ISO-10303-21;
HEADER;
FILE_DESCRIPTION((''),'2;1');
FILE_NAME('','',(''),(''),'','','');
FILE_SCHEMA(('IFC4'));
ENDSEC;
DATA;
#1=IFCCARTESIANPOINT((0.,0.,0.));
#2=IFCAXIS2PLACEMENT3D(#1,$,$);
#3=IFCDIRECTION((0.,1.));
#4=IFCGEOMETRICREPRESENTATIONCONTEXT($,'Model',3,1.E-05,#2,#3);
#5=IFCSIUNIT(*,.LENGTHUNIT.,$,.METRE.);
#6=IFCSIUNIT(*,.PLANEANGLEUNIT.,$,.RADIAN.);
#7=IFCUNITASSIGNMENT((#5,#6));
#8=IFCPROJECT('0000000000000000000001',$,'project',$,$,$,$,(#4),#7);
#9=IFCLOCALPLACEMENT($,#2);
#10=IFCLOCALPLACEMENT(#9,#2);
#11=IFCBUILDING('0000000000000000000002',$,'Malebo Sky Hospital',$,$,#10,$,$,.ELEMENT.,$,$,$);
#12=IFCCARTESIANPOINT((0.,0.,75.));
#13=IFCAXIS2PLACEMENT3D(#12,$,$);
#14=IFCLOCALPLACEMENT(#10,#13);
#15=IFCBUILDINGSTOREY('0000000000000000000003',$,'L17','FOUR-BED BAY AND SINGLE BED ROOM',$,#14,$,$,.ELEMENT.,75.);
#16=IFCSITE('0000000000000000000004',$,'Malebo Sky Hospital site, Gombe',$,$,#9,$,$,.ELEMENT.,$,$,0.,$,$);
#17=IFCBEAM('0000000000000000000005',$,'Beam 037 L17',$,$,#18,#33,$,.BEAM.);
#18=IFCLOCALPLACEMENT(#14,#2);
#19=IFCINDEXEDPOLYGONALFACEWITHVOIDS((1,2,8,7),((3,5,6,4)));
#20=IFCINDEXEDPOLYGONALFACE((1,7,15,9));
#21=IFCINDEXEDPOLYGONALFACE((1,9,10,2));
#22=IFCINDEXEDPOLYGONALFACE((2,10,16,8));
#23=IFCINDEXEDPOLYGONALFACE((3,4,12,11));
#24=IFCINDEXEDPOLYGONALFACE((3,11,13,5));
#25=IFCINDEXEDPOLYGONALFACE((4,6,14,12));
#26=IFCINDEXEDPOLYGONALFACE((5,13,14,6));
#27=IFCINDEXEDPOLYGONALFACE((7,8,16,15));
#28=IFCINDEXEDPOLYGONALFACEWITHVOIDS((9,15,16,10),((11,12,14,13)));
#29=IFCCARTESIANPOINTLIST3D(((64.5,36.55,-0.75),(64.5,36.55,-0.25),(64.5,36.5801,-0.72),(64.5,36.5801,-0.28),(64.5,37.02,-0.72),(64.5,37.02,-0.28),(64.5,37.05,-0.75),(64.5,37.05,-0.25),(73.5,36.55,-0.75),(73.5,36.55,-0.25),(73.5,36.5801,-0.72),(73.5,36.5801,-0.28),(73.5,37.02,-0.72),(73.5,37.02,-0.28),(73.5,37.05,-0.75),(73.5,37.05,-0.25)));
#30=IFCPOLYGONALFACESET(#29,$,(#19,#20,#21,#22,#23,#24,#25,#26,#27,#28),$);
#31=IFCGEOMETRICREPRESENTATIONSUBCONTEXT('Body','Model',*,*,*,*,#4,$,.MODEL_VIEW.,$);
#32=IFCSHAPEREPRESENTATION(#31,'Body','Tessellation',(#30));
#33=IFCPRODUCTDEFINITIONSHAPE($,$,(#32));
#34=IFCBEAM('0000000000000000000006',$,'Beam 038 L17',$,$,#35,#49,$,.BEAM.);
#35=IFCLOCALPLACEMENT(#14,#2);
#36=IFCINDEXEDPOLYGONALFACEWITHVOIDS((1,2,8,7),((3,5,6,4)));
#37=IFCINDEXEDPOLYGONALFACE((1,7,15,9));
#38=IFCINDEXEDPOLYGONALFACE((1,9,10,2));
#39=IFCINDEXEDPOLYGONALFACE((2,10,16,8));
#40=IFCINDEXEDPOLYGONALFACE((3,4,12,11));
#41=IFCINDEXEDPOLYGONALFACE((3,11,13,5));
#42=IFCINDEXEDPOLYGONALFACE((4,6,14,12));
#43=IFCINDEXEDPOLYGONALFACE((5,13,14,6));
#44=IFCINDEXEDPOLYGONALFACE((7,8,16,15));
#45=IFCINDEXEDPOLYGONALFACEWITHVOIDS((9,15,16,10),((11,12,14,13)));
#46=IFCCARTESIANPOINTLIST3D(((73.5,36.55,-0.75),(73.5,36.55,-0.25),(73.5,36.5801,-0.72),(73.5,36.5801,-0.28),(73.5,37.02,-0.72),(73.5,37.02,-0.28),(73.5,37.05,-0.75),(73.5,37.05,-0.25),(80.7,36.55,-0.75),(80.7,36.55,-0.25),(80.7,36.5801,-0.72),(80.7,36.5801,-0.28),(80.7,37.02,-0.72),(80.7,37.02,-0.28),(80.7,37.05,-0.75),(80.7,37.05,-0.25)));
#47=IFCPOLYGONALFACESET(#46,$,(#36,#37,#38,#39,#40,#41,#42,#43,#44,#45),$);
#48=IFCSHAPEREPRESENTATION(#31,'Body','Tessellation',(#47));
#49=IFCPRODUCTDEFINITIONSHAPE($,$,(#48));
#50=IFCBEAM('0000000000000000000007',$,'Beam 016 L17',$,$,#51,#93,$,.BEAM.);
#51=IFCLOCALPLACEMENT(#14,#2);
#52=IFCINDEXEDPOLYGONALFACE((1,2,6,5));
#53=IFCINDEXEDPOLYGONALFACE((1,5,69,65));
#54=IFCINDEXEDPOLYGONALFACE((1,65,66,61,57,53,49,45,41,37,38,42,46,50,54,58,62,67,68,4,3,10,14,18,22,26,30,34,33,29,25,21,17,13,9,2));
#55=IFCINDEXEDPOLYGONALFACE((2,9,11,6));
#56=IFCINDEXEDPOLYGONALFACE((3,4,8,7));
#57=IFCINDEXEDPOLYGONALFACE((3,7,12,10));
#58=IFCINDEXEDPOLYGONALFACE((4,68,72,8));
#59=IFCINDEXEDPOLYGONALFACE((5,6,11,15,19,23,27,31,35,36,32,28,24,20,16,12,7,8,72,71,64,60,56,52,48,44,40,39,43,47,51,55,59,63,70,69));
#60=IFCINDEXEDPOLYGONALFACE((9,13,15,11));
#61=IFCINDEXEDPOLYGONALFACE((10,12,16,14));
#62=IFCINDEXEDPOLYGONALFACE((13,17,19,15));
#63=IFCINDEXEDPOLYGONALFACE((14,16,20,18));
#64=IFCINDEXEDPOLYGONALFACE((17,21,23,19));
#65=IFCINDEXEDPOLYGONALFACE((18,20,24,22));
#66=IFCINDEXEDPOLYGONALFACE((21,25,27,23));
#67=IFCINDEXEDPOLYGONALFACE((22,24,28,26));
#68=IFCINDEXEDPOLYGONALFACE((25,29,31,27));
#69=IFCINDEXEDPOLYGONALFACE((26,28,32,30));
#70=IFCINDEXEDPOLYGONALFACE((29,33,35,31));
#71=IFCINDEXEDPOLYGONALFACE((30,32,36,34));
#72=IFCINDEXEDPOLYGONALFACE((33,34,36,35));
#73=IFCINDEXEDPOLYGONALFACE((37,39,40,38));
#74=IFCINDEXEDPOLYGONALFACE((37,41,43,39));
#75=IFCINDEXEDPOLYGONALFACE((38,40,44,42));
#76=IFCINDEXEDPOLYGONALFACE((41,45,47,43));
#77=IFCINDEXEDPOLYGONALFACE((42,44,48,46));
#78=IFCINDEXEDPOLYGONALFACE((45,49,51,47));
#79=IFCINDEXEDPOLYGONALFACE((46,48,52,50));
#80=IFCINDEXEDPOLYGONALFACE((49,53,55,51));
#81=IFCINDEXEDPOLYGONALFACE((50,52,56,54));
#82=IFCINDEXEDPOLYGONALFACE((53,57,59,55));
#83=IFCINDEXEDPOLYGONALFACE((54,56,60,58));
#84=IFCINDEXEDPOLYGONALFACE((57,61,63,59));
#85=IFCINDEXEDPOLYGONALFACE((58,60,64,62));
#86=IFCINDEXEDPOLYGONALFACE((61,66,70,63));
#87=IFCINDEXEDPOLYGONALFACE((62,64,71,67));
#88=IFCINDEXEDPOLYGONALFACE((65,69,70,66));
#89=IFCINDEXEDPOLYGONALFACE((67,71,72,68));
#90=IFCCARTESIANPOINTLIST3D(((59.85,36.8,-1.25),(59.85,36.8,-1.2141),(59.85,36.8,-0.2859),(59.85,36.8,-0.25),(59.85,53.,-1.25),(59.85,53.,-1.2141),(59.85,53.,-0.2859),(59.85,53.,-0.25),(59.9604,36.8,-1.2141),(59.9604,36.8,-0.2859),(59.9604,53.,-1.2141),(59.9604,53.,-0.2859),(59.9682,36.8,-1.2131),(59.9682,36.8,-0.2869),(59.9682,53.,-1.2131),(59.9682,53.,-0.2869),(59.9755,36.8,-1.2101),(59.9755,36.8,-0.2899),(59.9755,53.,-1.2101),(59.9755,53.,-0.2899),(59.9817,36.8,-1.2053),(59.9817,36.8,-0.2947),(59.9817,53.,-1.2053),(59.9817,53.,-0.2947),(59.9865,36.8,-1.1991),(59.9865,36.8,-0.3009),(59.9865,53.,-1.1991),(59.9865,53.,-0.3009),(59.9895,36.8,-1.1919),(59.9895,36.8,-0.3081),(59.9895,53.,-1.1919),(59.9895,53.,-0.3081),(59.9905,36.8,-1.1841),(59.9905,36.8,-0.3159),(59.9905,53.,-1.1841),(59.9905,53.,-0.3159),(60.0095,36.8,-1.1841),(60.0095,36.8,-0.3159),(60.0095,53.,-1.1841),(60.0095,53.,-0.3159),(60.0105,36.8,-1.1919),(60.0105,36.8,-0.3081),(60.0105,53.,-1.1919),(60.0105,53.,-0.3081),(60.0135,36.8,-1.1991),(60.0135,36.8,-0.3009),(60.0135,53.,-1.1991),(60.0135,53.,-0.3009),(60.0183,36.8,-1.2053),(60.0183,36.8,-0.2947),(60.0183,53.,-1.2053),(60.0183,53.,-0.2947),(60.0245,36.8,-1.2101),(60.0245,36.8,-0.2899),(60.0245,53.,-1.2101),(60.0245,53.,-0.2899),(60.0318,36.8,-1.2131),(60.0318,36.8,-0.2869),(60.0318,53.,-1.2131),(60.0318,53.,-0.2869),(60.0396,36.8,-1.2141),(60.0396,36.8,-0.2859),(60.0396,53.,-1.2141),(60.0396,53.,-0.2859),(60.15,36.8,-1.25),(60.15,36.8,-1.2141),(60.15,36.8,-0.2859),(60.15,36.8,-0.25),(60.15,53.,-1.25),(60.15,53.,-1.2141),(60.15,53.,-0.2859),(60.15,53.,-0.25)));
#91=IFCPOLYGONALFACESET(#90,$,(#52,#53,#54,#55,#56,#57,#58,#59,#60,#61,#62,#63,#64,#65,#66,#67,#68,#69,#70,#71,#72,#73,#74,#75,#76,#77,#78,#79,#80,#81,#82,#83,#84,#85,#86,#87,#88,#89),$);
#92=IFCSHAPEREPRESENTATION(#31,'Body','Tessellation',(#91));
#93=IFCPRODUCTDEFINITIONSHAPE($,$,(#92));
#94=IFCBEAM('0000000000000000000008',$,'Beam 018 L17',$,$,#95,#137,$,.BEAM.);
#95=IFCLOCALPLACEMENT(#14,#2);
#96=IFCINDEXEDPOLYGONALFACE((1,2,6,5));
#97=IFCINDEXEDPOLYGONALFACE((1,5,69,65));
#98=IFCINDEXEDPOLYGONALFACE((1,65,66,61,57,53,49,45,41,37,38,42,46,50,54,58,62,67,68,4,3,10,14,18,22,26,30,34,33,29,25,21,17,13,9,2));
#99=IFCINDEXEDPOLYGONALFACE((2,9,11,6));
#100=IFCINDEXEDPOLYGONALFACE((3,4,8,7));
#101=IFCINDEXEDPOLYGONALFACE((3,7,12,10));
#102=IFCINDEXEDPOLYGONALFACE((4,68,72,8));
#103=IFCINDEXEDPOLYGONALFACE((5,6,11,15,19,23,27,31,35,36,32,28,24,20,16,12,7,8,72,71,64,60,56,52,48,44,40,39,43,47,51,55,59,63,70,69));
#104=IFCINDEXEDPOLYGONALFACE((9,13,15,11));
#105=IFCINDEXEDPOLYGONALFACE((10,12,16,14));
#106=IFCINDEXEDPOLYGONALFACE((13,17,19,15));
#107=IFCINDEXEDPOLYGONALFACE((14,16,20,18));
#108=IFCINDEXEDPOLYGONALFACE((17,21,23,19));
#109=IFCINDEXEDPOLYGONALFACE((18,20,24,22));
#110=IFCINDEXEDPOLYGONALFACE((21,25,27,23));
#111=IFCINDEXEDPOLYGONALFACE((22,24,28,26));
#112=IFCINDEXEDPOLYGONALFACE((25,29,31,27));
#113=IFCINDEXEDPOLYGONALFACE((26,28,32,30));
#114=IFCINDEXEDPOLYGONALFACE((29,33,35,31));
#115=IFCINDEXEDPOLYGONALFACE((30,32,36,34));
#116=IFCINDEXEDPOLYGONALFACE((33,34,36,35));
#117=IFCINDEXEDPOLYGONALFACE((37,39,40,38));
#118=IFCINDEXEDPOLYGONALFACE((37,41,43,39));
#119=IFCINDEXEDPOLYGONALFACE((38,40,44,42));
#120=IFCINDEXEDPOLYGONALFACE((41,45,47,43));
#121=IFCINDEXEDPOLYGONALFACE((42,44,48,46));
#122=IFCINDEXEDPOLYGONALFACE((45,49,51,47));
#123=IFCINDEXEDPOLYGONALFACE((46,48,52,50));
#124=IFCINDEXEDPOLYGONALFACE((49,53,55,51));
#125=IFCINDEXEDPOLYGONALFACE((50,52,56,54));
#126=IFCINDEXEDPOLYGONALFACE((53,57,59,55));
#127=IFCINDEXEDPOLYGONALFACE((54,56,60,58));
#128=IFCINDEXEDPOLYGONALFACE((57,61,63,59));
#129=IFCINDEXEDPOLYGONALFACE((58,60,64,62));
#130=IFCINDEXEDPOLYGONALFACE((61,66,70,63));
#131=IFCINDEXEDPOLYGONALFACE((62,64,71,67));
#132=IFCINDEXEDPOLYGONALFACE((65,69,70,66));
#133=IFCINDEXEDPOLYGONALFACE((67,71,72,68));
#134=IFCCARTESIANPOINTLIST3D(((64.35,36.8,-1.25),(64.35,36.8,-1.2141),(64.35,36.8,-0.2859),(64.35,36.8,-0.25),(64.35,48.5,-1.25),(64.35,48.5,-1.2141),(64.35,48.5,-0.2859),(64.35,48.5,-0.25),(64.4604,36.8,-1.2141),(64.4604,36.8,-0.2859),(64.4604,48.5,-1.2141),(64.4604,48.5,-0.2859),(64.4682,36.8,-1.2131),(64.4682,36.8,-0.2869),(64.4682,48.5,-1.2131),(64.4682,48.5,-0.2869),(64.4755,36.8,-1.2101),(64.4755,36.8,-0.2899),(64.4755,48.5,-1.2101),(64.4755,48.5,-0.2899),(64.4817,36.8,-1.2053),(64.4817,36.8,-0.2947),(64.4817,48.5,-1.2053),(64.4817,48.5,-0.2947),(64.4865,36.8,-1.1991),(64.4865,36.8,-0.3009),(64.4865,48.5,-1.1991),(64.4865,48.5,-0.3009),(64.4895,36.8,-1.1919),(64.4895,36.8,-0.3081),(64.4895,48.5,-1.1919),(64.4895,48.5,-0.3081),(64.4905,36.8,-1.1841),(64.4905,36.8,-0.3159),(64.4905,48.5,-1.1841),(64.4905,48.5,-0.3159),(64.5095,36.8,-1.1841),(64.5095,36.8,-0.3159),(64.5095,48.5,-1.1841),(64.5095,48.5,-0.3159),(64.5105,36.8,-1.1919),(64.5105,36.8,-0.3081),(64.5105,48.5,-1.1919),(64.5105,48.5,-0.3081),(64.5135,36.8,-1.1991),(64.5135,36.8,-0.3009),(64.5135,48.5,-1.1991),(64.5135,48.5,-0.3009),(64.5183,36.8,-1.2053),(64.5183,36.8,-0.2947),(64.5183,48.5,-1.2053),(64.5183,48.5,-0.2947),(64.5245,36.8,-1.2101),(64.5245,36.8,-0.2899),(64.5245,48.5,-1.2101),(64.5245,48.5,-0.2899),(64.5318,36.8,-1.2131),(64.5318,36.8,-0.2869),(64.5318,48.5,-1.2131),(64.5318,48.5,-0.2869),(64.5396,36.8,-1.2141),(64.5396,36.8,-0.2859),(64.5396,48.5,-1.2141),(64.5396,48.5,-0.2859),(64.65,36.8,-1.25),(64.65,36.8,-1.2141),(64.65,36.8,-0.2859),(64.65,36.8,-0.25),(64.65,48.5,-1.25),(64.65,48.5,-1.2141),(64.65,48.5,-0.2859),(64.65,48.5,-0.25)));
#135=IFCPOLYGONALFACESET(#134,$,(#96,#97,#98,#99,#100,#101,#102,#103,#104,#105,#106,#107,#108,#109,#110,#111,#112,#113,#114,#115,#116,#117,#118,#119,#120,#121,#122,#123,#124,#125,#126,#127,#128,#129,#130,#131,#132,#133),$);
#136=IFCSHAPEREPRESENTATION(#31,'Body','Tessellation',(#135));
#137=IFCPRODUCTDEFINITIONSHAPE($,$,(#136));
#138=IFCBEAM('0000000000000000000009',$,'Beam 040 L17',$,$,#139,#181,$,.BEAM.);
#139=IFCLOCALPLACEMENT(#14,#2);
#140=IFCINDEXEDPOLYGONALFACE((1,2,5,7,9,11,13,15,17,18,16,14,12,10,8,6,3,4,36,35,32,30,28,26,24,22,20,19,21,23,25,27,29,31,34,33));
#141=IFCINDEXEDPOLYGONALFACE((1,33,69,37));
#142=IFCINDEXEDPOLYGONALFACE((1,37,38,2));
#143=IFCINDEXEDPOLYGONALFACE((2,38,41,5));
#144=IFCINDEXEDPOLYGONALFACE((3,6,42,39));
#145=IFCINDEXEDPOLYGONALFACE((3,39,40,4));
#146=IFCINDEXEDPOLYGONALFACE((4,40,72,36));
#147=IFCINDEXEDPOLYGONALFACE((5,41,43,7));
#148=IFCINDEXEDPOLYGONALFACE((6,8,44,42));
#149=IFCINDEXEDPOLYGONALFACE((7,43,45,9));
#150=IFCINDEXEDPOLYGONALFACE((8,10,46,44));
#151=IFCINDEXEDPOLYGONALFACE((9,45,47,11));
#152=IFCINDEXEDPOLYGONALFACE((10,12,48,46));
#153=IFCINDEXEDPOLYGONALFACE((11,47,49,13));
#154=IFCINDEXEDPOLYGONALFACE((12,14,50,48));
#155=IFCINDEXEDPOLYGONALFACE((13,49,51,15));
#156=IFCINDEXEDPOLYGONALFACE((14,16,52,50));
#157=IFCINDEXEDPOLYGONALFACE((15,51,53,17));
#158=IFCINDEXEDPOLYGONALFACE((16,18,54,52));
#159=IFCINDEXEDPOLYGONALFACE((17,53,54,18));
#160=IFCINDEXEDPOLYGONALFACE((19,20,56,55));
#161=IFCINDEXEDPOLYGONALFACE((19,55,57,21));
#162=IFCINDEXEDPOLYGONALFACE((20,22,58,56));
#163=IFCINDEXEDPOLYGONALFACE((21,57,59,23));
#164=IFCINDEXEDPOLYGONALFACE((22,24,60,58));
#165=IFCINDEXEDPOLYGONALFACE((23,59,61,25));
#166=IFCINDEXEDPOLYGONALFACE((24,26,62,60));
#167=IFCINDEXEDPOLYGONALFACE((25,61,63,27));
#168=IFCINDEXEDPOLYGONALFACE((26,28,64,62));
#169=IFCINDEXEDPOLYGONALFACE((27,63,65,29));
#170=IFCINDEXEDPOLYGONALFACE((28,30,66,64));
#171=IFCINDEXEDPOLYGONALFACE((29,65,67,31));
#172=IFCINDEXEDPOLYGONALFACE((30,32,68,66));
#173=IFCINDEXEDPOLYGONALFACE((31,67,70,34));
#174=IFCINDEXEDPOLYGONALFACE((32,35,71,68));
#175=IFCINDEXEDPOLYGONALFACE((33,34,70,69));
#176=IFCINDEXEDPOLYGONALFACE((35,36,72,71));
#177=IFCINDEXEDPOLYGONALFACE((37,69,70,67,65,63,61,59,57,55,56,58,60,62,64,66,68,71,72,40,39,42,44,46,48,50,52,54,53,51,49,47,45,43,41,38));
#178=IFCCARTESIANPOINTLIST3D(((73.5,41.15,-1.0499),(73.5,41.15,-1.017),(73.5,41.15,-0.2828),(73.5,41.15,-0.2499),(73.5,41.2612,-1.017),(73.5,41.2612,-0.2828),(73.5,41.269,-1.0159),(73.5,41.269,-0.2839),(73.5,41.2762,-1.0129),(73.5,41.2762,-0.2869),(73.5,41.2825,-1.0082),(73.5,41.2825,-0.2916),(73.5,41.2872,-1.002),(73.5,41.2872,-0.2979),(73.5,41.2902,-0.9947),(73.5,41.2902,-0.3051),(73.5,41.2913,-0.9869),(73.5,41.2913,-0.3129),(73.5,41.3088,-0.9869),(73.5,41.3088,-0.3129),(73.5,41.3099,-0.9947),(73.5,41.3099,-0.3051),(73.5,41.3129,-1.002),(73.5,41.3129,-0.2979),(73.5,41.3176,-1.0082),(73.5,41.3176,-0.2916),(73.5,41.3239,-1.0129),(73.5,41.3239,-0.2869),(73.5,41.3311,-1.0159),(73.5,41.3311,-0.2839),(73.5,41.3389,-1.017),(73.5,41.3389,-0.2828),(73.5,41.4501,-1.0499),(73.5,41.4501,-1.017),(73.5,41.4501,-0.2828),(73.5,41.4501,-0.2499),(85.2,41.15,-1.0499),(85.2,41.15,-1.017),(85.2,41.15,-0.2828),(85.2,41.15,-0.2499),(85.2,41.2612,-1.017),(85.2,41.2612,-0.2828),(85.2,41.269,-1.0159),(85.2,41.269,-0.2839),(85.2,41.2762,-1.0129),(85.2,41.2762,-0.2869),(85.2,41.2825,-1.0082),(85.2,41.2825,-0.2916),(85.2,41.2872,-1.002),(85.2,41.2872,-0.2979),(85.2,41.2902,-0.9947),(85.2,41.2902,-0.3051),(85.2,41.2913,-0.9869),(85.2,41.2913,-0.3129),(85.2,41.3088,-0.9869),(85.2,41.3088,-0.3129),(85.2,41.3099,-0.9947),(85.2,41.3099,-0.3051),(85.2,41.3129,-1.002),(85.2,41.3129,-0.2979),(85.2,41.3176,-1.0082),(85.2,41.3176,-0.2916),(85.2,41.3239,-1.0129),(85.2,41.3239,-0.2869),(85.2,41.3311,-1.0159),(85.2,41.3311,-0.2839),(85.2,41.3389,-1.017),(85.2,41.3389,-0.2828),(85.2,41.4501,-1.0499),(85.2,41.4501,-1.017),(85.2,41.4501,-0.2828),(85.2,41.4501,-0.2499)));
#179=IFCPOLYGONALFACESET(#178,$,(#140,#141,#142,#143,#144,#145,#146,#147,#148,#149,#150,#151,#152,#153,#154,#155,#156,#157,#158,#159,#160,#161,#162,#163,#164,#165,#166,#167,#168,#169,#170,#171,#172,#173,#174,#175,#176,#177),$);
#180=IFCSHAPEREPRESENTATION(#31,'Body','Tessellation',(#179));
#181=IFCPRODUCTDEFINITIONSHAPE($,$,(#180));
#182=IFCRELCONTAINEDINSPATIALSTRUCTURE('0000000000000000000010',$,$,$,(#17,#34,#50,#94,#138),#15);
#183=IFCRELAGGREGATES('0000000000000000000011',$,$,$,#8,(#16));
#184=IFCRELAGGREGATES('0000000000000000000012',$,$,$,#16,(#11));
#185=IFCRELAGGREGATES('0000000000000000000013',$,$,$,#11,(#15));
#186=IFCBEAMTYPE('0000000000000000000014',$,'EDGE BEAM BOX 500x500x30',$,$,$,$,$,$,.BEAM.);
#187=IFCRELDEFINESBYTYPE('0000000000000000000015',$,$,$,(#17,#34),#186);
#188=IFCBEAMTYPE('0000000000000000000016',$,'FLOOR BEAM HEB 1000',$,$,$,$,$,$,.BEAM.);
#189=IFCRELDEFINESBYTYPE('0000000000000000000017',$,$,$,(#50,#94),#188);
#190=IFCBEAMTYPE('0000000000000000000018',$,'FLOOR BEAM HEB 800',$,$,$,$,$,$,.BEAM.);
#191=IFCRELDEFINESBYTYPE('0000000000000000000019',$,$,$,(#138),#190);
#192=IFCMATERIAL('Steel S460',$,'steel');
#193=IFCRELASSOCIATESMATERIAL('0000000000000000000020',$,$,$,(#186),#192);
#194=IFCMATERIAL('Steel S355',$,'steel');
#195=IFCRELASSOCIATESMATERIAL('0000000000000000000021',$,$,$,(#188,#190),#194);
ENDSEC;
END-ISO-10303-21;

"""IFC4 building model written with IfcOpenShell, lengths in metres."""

from ifc_helpers import new_model, si_unit, direction, frame, origin, origin_2d, place, context, subcontext, project, spatial, hollow_rectangle, i_section, extrude, material, material_profile, profile_set, type_object, element, save


model = new_model("IFC4")

# Units and contexts
model_context = context("Model", 3, precision=1e-05, world=origin(), true_north=direction((0.0, 1.0)))
body_context = subcontext(model_context, "Body", "Model", "MODEL_VIEW")
ifc_project = project(units=[si_unit("LENGTHUNIT", "METRE"), si_unit("PLANEANGLEUNIT", "RADIAN")], contexts=[model_context])

# Site, building, storey
site_placement = place(None, origin())
site = spatial("IfcSite", under=ifc_project, at=site_placement, Name="Malebo Sky Hospital site, Gombe", CompositionType="ELEMENT", RefElevation=0.0)
building_placement = place(site_placement, origin())
building = spatial("IfcBuilding", under=site, at=building_placement, Name="Malebo Sky Hospital", CompositionType="ELEMENT")
storey_placement = place(building_placement, frame((0.0, 0.0, 75.0)))
storey = spatial("IfcBuildingStorey", under=building, at=storey_placement, Name="L17", Description="FOUR-BED BAY AND SINGLE BED ROOM", CompositionType="ELEMENT", Elevation=75.0)

# Shared definitions
ifc_material_1 = material(Name="Steel S460", Category="steel")

# Shared definitions
ifc_material_2 = material(Name="Steel S355", Category="steel")

# Beams
ifc_material_profile_1 = material_profile(ifc_material_1, hollow_rectangle(XDim=0.5, YDim=0.5, WallThickness=0.03, at=origin_2d()), Name="BOX 500x500x30")
ifc_profile_set_1 = profile_set([ifc_material_profile_1], Name="Steel S460")
beam_type_1 = type_object("IfcBeamType", Name="EDGE BEAM BOX 500x500x30", PredefinedType="BEAM", material=ifc_profile_set_1)
beam_1_placement = place(storey_placement, frame((64.5, 36.8, -0.5), z_axis=(1.0, 0.0, 0.0), x_axis=(0.0, 1.0, 0.0)))
element("IfcBeam", 1, at=beam_1_placement, inside=storey, type_object=beam_type_1, Name="Beam 037 L17", PredefinedType="BEAM", context=body_context, shape_type="SweptSolid", body=[
    extrude(hollow_rectangle(XDim=0.5, YDim=0.5, WallThickness=0.03, at=origin_2d()), origin(), (0.0, 0.0, 1.0), 9.0),
])
beam_2_placement = place(storey_placement, frame((73.5, 36.8, -0.5), z_axis=(1.0, 0.0, 0.0), x_axis=(0.0, 1.0, 0.0)))
element("IfcBeam", 2, at=beam_2_placement, inside=storey, type_object=beam_type_1, Name="Beam 038 L17", PredefinedType="BEAM", context=body_context, shape_type="SweptSolid", body=[
    extrude(hollow_rectangle(XDim=0.5, YDim=0.5, WallThickness=0.03, at=origin_2d()), origin(), (0.0, 0.0, 1.0), 7.2),
])
ifc_material_profile_2 = material_profile(ifc_material_2, i_section(OverallWidth=0.3, OverallDepth=1.0, WebThickness=0.019, FlangeThickness=0.0359, FilletRadius=0.03, at=origin_2d()), Name="HEB 1000")
ifc_profile_set_2 = profile_set([ifc_material_profile_2], Name="Steel S355")
beam_type_2 = type_object("IfcBeamType", Name="FLOOR BEAM HEB 1000", PredefinedType="BEAM", material=ifc_profile_set_2)
beam_3_placement = place(storey_placement, frame((60.0, 36.8, -0.75), z_axis=(0.0, 1.0, 0.0), x_axis=(-1.0, 0.0, 0.0)))
element("IfcBeam", 3, at=beam_3_placement, inside=storey, type_object=beam_type_2, Name="Beam 016 L17", PredefinedType="BEAM", context=body_context, shape_type="SweptSolid", body=[
    extrude(i_section(OverallWidth=0.3, OverallDepth=1.0, WebThickness=0.019, FlangeThickness=0.0359, FilletRadius=0.03, at=origin_2d()), origin(), (0.0, 0.0, 1.0), 16.2),
])
beam_4_placement = place(storey_placement, frame((64.5, 36.8, -0.75), z_axis=(0.0, 1.0, 0.0), x_axis=(-1.0, 0.0, 0.0)))
element("IfcBeam", 4, at=beam_4_placement, inside=storey, type_object=beam_type_2, Name="Beam 018 L17", PredefinedType="BEAM", context=body_context, shape_type="SweptSolid", body=[
    extrude(i_section(OverallWidth=0.3, OverallDepth=1.0, WebThickness=0.019, FlangeThickness=0.0359, FilletRadius=0.03, at=origin_2d()), origin(), (0.0, 0.0, 1.0), 11.7),
])
ifc_material_profile_3 = material_profile(ifc_material_2, i_section(OverallWidth=0.3, OverallDepth=0.8, WebThickness=0.0176, FlangeThickness=0.033, FilletRadius=0.03, at=origin_2d()), Name="HEB 800")
ifc_profile_set_3 = profile_set([ifc_material_profile_3], Name="Steel S355")
beam_type_3 = type_object("IfcBeamType", Name="FLOOR BEAM HEB 800", PredefinedType="BEAM", material=ifc_profile_set_3)
beam_5_placement = place(storey_placement, frame((73.5, 41.3, -0.6499), z_axis=(1.0, 0.0, 0.0), x_axis=(0.0, 1.0, 0.0)))
element("IfcBeam", 5, at=beam_5_placement, inside=storey, type_object=beam_type_3, Name="Beam 040 L17", PredefinedType="BEAM", context=body_context, shape_type="SweptSolid", body=[
    extrude(i_section(OverallWidth=0.3, OverallDepth=0.8, WebThickness=0.0176, FlangeThickness=0.033, FilletRadius=0.03, at=origin_2d()), origin(), (0.0, 0.0, 1.0), 11.7),
])

save(model, "model.ifc")
